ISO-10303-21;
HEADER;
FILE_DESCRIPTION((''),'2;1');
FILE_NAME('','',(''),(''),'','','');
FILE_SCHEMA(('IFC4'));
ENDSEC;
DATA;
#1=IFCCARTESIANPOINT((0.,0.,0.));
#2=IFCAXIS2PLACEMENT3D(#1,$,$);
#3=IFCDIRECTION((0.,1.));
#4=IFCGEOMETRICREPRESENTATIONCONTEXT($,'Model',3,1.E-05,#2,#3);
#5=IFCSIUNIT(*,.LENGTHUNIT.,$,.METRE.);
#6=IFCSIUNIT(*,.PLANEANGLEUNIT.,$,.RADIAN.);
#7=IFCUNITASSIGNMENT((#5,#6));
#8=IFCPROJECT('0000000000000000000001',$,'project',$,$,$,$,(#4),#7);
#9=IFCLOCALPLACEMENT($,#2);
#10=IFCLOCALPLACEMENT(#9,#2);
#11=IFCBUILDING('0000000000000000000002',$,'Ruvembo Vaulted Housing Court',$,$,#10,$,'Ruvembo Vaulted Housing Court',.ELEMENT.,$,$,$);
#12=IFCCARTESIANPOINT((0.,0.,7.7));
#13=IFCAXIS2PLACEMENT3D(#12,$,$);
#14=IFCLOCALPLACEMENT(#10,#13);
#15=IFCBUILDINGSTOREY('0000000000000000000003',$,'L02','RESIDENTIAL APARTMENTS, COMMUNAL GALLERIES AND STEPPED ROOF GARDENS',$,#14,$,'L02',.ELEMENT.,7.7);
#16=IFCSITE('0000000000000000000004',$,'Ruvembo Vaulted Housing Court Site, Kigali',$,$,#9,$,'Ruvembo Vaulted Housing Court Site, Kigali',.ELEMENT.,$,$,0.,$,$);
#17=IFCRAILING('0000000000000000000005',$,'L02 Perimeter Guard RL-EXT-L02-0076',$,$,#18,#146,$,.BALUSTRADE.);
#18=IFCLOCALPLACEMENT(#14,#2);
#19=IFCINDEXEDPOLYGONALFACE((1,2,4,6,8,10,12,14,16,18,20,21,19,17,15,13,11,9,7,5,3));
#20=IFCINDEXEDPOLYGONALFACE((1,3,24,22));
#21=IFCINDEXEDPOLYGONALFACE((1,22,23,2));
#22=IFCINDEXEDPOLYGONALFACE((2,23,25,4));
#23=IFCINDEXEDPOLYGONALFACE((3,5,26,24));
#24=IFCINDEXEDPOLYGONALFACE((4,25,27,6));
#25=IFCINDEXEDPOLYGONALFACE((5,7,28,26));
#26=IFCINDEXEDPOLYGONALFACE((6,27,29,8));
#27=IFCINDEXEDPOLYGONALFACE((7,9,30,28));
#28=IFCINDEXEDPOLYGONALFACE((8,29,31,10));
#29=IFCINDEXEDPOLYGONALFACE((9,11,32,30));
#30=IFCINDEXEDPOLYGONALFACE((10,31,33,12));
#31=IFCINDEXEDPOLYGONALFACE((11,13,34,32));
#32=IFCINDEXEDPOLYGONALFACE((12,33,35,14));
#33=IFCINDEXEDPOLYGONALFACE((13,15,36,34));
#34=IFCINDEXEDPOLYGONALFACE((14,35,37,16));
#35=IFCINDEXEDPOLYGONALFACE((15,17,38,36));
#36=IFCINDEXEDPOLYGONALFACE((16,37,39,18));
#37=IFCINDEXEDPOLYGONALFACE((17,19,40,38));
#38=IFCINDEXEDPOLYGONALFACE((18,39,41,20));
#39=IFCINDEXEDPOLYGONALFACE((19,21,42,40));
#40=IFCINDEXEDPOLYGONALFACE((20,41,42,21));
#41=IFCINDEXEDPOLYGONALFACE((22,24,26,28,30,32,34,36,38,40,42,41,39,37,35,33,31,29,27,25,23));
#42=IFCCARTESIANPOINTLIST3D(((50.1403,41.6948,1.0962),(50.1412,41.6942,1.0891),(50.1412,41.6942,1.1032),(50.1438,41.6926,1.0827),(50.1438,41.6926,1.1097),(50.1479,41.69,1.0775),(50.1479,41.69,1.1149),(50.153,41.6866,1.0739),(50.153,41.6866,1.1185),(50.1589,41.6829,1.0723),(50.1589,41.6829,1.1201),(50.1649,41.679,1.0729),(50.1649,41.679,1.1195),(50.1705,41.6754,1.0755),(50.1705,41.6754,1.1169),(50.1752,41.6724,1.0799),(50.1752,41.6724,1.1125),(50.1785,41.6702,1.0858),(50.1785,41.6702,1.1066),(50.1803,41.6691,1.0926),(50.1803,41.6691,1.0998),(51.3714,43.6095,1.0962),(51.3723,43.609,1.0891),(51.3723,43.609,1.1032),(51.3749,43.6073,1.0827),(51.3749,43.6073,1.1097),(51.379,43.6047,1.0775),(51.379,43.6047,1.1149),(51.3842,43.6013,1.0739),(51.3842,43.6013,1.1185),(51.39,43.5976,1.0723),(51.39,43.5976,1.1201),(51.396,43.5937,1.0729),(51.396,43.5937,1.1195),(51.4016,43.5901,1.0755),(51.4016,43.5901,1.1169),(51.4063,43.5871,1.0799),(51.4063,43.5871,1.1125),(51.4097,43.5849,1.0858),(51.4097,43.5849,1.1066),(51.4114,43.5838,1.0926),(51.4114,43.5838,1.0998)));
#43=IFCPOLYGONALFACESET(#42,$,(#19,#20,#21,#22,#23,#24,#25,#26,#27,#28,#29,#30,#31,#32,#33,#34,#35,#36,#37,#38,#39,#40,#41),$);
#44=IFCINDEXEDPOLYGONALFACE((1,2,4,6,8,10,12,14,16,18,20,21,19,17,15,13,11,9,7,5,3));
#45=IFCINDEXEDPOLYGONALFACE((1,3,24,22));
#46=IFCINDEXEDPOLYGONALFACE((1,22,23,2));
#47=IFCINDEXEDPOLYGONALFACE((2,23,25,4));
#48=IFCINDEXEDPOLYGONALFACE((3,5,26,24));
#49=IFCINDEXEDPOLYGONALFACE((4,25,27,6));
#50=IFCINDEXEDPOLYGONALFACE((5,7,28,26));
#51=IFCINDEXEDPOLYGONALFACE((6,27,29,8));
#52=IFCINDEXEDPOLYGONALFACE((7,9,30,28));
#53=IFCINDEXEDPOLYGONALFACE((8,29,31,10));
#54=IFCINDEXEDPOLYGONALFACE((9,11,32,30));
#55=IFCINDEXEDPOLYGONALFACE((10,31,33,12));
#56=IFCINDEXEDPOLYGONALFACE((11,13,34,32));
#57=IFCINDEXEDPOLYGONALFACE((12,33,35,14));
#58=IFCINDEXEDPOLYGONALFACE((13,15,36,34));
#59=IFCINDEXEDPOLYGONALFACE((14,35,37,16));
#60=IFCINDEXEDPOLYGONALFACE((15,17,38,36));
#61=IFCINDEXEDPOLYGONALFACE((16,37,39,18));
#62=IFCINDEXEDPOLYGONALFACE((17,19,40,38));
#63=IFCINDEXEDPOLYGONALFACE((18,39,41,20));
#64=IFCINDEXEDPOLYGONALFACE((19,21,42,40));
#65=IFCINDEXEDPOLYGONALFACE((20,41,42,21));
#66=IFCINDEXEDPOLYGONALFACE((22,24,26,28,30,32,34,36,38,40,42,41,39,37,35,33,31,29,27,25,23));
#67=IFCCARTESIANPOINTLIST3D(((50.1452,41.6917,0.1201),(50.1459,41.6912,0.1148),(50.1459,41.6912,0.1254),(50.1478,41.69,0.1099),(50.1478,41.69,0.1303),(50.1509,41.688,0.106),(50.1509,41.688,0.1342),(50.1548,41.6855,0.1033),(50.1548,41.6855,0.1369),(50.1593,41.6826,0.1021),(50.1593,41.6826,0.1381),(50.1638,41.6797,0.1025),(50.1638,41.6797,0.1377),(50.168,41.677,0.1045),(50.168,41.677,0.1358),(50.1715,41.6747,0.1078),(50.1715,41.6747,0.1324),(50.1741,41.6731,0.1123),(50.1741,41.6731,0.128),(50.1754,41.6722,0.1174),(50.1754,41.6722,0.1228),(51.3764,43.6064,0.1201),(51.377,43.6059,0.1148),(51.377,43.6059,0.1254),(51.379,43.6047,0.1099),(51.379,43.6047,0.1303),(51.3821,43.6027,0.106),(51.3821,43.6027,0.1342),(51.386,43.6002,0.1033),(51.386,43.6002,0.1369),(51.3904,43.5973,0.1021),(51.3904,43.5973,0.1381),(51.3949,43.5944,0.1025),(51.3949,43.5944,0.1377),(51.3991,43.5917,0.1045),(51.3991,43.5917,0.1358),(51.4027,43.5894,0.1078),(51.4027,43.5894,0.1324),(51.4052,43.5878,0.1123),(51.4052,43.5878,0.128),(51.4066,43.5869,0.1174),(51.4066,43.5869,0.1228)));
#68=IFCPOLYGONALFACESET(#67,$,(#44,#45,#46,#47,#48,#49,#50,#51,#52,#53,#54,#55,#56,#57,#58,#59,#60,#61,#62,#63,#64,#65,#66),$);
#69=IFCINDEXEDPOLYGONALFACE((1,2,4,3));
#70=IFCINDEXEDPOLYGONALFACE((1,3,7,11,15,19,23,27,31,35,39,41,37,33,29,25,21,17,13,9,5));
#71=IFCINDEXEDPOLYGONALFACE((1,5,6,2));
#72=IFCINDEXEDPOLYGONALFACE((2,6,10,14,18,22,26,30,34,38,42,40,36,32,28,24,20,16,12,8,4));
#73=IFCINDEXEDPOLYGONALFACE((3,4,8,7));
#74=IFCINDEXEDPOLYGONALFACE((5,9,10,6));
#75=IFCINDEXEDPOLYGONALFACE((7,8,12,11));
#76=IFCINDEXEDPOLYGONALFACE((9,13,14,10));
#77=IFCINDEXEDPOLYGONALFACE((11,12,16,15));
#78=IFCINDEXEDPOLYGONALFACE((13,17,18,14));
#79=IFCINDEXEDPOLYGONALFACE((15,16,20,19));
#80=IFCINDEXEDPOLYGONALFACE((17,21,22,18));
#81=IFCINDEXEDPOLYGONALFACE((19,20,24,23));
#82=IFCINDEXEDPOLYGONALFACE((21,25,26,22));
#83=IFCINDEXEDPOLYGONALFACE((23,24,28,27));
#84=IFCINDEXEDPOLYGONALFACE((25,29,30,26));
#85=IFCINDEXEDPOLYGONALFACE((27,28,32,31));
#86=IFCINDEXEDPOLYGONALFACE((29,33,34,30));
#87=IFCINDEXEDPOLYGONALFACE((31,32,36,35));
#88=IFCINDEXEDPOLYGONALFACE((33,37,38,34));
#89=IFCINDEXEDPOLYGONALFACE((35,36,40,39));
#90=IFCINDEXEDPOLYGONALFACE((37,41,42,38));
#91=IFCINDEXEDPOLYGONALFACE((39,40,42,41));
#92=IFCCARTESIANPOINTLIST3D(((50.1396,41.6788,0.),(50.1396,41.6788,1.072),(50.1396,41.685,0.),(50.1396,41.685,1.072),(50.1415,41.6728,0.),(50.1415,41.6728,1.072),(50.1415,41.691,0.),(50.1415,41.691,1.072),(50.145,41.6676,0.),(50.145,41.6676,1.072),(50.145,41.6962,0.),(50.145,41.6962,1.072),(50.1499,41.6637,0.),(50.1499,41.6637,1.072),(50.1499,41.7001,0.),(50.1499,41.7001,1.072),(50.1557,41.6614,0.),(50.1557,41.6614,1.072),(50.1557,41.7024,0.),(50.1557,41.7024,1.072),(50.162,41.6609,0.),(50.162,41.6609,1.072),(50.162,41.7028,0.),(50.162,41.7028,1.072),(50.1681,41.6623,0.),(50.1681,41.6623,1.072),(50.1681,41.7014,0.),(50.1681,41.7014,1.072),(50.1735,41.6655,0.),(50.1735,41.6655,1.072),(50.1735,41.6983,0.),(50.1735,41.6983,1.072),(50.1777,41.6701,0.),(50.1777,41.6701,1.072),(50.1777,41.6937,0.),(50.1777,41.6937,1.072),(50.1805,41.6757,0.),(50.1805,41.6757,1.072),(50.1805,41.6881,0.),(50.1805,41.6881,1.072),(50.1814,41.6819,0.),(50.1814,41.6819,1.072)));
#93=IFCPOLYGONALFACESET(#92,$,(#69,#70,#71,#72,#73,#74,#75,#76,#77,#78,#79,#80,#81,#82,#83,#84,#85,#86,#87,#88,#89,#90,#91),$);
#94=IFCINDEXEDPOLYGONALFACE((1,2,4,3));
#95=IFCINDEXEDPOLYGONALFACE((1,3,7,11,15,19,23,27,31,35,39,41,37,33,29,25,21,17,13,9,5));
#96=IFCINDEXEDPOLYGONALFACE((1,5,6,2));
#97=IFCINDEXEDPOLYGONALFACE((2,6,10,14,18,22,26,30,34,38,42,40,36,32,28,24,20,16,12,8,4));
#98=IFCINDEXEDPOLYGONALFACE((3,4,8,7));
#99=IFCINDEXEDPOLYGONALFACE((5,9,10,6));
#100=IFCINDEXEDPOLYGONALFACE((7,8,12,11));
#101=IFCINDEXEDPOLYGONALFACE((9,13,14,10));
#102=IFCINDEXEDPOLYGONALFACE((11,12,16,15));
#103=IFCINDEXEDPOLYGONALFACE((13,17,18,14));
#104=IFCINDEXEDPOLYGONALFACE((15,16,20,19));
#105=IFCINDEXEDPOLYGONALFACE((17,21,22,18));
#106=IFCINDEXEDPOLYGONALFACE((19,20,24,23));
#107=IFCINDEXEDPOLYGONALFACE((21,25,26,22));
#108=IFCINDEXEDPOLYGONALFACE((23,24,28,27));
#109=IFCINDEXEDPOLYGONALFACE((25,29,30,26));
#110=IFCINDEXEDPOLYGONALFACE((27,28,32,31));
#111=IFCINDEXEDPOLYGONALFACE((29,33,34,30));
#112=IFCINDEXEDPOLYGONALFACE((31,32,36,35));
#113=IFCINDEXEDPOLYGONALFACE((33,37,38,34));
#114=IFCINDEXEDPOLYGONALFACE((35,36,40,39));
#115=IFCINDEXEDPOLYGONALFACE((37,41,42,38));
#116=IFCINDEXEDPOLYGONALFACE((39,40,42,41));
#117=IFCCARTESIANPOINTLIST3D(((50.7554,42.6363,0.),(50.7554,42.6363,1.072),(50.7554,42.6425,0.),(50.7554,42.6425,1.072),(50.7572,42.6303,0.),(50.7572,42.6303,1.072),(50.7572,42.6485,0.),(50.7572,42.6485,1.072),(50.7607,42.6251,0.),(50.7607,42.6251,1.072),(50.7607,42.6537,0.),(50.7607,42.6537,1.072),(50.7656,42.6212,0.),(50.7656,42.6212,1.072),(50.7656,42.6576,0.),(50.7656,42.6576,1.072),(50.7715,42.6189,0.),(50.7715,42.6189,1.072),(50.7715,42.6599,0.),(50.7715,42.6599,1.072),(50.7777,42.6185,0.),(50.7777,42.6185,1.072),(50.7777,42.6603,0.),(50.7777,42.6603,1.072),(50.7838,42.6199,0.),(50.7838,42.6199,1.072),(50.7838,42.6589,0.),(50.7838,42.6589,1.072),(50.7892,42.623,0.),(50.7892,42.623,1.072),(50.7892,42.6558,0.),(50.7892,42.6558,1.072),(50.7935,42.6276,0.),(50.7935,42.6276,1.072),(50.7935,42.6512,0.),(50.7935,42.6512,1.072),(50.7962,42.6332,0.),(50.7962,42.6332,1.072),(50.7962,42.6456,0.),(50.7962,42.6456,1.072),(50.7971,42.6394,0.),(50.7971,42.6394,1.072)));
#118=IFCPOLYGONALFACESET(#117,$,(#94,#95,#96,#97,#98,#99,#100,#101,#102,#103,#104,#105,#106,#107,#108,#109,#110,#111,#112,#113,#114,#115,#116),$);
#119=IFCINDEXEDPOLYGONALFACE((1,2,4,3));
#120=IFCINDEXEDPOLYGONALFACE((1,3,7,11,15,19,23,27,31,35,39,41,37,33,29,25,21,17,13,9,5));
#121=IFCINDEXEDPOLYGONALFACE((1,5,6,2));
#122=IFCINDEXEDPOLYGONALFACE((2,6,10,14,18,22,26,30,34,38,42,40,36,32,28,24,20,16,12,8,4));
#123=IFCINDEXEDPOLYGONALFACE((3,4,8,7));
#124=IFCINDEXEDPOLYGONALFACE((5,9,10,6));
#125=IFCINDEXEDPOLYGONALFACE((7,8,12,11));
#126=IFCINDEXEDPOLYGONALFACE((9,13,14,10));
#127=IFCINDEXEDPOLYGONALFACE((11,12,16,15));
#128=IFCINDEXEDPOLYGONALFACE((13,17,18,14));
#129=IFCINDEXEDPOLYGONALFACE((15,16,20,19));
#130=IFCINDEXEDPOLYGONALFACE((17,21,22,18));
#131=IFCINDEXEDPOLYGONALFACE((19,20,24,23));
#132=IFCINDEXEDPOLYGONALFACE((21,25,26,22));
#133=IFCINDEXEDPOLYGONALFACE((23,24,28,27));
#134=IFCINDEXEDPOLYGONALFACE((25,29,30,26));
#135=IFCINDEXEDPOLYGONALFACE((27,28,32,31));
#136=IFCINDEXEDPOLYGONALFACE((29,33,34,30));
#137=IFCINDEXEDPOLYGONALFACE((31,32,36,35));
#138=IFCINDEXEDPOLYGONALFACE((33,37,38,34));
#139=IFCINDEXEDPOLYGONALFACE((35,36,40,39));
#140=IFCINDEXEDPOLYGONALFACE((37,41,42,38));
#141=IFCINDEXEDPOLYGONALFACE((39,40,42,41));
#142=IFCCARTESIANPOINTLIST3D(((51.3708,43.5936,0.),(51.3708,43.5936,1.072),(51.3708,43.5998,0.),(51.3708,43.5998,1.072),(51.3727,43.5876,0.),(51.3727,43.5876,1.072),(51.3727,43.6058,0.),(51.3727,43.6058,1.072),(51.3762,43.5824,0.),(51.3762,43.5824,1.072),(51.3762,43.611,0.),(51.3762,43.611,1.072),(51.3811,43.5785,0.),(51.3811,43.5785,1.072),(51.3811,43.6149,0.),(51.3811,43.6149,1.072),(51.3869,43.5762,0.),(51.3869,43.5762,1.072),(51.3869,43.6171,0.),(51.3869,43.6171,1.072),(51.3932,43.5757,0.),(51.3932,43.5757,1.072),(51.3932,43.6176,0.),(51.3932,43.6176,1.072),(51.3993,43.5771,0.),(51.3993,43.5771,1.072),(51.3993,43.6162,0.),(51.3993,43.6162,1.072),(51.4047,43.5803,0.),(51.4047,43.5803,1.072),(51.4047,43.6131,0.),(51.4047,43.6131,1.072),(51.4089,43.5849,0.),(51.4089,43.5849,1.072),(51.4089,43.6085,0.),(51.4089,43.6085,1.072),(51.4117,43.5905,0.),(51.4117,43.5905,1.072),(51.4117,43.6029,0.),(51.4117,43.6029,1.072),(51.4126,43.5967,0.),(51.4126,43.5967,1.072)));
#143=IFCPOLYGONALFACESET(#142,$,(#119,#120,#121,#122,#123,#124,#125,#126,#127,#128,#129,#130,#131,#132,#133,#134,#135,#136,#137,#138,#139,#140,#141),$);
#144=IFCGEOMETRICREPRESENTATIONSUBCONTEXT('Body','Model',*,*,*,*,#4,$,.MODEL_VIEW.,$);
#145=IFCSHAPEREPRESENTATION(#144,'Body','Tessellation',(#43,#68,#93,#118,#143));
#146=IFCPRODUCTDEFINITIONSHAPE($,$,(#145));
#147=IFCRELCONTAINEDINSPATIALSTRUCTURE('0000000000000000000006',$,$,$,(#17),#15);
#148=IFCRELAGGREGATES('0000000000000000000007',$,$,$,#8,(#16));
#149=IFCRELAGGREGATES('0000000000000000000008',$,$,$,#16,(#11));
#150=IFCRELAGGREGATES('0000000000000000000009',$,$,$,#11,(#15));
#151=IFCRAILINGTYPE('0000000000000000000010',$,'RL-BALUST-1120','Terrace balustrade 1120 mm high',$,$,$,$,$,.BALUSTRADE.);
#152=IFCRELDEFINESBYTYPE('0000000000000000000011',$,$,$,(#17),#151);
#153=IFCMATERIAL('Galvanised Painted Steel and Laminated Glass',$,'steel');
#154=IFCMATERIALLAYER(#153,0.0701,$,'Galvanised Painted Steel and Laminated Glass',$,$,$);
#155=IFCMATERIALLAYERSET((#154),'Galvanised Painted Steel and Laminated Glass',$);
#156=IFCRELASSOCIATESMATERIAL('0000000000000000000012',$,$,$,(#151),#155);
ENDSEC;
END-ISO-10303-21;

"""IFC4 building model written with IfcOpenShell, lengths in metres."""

from ifc_helpers import new_model, si_unit, direction, frame, origin, origin_2d, place, context, subcontext, project, spatial, circle, extrude, material, layer, layer_set, type_object, element, save


model = new_model("IFC4")

# Units and contexts
model_context = context("Model", 3, precision=1e-05, world=origin(), true_north=direction((0.0, 1.0)))
body_context = subcontext(model_context, "Body", "Model", "MODEL_VIEW")
ifc_project = project(units=[si_unit("LENGTHUNIT", "METRE"), si_unit("PLANEANGLEUNIT", "RADIAN")], contexts=[model_context])

# Site, building, storey
site_placement = place(None, origin())
site = spatial("IfcSite", under=ifc_project, at=site_placement, Name="Ruvembo Vaulted Housing Court Site, Kigali", LongName="Ruvembo Vaulted Housing Court Site, Kigali", CompositionType="ELEMENT", RefElevation=0.0)
building_placement = place(site_placement, origin())
building = spatial("IfcBuilding", under=site, at=building_placement, Name="Ruvembo Vaulted Housing Court", LongName="Ruvembo Vaulted Housing Court", CompositionType="ELEMENT")
storey_placement = place(building_placement, frame((0.0, 0.0, 7.7)))
storey = spatial("IfcBuildingStorey", under=building, at=storey_placement, Name="L02", Description="RESIDENTIAL APARTMENTS, COMMUNAL GALLERIES AND STEPPED ROOF GARDENS", LongName="L02", CompositionType="ELEMENT", Elevation=7.7)

# Railing
ifc_material_1 = material(Name="Galvanised Painted Steel and Laminated Glass", Category="steel")
ifc_layer_1 = layer(ifc_material_1, 0.0701, Name="Galvanised Painted Steel and Laminated Glass")
ifc_layer_set_1 = layer_set([ifc_layer_1], Name="Galvanised Painted Steel and Laminated Glass")
railing_type = type_object("IfcRailingType", Name="RL-BALUST-1120", Description="Terrace balustrade 1120 mm high", PredefinedType="BALUSTRADE", material=ifc_layer_set_1)
railing_1_placement = place(storey_placement, frame((50.1604, 41.6819, 0.0)))
element("IfcRailing", 1, at=railing_1_placement, inside=storey, type_object=railing_type, Name="L02 Perimeter Guard RL-EXT-L02-0076", PredefinedType="BALUSTRADE", context=body_context, shape_type="SweptSolid", body=[
    extrude(circle(Radius=0.0239, at=origin_2d()), frame((0.0, 0.0, 1.0962), z_axis=(0.540839, 0.841126, 0.0), x_axis=(-0.841126, 0.540839, 0.0)), (0.0, 0.0, 1.0), 2.2764),
    extrude(circle(Radius=0.0181, at=origin_2d()), frame((0.0, 0.0, 0.1201), z_axis=(0.540839, 0.841126, 0.0), x_axis=(-0.841126, 0.540839, 0.0)), (0.0, 0.0, 1.0), 2.2764),
    extrude(circle(Radius=0.021, at=origin_2d()), origin(), (0.0, 0.0, 1.0), 1.072),
    extrude(circle(Radius=0.021, at=origin_2d()), frame((0.6157, 0.9575, 0.0)), (0.0, 0.0, 1.0), 1.072),
    extrude(circle(Radius=0.021, at=origin_2d()), frame((1.2312, 1.9148, 0.0)), (0.0, 0.0, 1.0), 1.072),
])

save(model, "model.ifc")
